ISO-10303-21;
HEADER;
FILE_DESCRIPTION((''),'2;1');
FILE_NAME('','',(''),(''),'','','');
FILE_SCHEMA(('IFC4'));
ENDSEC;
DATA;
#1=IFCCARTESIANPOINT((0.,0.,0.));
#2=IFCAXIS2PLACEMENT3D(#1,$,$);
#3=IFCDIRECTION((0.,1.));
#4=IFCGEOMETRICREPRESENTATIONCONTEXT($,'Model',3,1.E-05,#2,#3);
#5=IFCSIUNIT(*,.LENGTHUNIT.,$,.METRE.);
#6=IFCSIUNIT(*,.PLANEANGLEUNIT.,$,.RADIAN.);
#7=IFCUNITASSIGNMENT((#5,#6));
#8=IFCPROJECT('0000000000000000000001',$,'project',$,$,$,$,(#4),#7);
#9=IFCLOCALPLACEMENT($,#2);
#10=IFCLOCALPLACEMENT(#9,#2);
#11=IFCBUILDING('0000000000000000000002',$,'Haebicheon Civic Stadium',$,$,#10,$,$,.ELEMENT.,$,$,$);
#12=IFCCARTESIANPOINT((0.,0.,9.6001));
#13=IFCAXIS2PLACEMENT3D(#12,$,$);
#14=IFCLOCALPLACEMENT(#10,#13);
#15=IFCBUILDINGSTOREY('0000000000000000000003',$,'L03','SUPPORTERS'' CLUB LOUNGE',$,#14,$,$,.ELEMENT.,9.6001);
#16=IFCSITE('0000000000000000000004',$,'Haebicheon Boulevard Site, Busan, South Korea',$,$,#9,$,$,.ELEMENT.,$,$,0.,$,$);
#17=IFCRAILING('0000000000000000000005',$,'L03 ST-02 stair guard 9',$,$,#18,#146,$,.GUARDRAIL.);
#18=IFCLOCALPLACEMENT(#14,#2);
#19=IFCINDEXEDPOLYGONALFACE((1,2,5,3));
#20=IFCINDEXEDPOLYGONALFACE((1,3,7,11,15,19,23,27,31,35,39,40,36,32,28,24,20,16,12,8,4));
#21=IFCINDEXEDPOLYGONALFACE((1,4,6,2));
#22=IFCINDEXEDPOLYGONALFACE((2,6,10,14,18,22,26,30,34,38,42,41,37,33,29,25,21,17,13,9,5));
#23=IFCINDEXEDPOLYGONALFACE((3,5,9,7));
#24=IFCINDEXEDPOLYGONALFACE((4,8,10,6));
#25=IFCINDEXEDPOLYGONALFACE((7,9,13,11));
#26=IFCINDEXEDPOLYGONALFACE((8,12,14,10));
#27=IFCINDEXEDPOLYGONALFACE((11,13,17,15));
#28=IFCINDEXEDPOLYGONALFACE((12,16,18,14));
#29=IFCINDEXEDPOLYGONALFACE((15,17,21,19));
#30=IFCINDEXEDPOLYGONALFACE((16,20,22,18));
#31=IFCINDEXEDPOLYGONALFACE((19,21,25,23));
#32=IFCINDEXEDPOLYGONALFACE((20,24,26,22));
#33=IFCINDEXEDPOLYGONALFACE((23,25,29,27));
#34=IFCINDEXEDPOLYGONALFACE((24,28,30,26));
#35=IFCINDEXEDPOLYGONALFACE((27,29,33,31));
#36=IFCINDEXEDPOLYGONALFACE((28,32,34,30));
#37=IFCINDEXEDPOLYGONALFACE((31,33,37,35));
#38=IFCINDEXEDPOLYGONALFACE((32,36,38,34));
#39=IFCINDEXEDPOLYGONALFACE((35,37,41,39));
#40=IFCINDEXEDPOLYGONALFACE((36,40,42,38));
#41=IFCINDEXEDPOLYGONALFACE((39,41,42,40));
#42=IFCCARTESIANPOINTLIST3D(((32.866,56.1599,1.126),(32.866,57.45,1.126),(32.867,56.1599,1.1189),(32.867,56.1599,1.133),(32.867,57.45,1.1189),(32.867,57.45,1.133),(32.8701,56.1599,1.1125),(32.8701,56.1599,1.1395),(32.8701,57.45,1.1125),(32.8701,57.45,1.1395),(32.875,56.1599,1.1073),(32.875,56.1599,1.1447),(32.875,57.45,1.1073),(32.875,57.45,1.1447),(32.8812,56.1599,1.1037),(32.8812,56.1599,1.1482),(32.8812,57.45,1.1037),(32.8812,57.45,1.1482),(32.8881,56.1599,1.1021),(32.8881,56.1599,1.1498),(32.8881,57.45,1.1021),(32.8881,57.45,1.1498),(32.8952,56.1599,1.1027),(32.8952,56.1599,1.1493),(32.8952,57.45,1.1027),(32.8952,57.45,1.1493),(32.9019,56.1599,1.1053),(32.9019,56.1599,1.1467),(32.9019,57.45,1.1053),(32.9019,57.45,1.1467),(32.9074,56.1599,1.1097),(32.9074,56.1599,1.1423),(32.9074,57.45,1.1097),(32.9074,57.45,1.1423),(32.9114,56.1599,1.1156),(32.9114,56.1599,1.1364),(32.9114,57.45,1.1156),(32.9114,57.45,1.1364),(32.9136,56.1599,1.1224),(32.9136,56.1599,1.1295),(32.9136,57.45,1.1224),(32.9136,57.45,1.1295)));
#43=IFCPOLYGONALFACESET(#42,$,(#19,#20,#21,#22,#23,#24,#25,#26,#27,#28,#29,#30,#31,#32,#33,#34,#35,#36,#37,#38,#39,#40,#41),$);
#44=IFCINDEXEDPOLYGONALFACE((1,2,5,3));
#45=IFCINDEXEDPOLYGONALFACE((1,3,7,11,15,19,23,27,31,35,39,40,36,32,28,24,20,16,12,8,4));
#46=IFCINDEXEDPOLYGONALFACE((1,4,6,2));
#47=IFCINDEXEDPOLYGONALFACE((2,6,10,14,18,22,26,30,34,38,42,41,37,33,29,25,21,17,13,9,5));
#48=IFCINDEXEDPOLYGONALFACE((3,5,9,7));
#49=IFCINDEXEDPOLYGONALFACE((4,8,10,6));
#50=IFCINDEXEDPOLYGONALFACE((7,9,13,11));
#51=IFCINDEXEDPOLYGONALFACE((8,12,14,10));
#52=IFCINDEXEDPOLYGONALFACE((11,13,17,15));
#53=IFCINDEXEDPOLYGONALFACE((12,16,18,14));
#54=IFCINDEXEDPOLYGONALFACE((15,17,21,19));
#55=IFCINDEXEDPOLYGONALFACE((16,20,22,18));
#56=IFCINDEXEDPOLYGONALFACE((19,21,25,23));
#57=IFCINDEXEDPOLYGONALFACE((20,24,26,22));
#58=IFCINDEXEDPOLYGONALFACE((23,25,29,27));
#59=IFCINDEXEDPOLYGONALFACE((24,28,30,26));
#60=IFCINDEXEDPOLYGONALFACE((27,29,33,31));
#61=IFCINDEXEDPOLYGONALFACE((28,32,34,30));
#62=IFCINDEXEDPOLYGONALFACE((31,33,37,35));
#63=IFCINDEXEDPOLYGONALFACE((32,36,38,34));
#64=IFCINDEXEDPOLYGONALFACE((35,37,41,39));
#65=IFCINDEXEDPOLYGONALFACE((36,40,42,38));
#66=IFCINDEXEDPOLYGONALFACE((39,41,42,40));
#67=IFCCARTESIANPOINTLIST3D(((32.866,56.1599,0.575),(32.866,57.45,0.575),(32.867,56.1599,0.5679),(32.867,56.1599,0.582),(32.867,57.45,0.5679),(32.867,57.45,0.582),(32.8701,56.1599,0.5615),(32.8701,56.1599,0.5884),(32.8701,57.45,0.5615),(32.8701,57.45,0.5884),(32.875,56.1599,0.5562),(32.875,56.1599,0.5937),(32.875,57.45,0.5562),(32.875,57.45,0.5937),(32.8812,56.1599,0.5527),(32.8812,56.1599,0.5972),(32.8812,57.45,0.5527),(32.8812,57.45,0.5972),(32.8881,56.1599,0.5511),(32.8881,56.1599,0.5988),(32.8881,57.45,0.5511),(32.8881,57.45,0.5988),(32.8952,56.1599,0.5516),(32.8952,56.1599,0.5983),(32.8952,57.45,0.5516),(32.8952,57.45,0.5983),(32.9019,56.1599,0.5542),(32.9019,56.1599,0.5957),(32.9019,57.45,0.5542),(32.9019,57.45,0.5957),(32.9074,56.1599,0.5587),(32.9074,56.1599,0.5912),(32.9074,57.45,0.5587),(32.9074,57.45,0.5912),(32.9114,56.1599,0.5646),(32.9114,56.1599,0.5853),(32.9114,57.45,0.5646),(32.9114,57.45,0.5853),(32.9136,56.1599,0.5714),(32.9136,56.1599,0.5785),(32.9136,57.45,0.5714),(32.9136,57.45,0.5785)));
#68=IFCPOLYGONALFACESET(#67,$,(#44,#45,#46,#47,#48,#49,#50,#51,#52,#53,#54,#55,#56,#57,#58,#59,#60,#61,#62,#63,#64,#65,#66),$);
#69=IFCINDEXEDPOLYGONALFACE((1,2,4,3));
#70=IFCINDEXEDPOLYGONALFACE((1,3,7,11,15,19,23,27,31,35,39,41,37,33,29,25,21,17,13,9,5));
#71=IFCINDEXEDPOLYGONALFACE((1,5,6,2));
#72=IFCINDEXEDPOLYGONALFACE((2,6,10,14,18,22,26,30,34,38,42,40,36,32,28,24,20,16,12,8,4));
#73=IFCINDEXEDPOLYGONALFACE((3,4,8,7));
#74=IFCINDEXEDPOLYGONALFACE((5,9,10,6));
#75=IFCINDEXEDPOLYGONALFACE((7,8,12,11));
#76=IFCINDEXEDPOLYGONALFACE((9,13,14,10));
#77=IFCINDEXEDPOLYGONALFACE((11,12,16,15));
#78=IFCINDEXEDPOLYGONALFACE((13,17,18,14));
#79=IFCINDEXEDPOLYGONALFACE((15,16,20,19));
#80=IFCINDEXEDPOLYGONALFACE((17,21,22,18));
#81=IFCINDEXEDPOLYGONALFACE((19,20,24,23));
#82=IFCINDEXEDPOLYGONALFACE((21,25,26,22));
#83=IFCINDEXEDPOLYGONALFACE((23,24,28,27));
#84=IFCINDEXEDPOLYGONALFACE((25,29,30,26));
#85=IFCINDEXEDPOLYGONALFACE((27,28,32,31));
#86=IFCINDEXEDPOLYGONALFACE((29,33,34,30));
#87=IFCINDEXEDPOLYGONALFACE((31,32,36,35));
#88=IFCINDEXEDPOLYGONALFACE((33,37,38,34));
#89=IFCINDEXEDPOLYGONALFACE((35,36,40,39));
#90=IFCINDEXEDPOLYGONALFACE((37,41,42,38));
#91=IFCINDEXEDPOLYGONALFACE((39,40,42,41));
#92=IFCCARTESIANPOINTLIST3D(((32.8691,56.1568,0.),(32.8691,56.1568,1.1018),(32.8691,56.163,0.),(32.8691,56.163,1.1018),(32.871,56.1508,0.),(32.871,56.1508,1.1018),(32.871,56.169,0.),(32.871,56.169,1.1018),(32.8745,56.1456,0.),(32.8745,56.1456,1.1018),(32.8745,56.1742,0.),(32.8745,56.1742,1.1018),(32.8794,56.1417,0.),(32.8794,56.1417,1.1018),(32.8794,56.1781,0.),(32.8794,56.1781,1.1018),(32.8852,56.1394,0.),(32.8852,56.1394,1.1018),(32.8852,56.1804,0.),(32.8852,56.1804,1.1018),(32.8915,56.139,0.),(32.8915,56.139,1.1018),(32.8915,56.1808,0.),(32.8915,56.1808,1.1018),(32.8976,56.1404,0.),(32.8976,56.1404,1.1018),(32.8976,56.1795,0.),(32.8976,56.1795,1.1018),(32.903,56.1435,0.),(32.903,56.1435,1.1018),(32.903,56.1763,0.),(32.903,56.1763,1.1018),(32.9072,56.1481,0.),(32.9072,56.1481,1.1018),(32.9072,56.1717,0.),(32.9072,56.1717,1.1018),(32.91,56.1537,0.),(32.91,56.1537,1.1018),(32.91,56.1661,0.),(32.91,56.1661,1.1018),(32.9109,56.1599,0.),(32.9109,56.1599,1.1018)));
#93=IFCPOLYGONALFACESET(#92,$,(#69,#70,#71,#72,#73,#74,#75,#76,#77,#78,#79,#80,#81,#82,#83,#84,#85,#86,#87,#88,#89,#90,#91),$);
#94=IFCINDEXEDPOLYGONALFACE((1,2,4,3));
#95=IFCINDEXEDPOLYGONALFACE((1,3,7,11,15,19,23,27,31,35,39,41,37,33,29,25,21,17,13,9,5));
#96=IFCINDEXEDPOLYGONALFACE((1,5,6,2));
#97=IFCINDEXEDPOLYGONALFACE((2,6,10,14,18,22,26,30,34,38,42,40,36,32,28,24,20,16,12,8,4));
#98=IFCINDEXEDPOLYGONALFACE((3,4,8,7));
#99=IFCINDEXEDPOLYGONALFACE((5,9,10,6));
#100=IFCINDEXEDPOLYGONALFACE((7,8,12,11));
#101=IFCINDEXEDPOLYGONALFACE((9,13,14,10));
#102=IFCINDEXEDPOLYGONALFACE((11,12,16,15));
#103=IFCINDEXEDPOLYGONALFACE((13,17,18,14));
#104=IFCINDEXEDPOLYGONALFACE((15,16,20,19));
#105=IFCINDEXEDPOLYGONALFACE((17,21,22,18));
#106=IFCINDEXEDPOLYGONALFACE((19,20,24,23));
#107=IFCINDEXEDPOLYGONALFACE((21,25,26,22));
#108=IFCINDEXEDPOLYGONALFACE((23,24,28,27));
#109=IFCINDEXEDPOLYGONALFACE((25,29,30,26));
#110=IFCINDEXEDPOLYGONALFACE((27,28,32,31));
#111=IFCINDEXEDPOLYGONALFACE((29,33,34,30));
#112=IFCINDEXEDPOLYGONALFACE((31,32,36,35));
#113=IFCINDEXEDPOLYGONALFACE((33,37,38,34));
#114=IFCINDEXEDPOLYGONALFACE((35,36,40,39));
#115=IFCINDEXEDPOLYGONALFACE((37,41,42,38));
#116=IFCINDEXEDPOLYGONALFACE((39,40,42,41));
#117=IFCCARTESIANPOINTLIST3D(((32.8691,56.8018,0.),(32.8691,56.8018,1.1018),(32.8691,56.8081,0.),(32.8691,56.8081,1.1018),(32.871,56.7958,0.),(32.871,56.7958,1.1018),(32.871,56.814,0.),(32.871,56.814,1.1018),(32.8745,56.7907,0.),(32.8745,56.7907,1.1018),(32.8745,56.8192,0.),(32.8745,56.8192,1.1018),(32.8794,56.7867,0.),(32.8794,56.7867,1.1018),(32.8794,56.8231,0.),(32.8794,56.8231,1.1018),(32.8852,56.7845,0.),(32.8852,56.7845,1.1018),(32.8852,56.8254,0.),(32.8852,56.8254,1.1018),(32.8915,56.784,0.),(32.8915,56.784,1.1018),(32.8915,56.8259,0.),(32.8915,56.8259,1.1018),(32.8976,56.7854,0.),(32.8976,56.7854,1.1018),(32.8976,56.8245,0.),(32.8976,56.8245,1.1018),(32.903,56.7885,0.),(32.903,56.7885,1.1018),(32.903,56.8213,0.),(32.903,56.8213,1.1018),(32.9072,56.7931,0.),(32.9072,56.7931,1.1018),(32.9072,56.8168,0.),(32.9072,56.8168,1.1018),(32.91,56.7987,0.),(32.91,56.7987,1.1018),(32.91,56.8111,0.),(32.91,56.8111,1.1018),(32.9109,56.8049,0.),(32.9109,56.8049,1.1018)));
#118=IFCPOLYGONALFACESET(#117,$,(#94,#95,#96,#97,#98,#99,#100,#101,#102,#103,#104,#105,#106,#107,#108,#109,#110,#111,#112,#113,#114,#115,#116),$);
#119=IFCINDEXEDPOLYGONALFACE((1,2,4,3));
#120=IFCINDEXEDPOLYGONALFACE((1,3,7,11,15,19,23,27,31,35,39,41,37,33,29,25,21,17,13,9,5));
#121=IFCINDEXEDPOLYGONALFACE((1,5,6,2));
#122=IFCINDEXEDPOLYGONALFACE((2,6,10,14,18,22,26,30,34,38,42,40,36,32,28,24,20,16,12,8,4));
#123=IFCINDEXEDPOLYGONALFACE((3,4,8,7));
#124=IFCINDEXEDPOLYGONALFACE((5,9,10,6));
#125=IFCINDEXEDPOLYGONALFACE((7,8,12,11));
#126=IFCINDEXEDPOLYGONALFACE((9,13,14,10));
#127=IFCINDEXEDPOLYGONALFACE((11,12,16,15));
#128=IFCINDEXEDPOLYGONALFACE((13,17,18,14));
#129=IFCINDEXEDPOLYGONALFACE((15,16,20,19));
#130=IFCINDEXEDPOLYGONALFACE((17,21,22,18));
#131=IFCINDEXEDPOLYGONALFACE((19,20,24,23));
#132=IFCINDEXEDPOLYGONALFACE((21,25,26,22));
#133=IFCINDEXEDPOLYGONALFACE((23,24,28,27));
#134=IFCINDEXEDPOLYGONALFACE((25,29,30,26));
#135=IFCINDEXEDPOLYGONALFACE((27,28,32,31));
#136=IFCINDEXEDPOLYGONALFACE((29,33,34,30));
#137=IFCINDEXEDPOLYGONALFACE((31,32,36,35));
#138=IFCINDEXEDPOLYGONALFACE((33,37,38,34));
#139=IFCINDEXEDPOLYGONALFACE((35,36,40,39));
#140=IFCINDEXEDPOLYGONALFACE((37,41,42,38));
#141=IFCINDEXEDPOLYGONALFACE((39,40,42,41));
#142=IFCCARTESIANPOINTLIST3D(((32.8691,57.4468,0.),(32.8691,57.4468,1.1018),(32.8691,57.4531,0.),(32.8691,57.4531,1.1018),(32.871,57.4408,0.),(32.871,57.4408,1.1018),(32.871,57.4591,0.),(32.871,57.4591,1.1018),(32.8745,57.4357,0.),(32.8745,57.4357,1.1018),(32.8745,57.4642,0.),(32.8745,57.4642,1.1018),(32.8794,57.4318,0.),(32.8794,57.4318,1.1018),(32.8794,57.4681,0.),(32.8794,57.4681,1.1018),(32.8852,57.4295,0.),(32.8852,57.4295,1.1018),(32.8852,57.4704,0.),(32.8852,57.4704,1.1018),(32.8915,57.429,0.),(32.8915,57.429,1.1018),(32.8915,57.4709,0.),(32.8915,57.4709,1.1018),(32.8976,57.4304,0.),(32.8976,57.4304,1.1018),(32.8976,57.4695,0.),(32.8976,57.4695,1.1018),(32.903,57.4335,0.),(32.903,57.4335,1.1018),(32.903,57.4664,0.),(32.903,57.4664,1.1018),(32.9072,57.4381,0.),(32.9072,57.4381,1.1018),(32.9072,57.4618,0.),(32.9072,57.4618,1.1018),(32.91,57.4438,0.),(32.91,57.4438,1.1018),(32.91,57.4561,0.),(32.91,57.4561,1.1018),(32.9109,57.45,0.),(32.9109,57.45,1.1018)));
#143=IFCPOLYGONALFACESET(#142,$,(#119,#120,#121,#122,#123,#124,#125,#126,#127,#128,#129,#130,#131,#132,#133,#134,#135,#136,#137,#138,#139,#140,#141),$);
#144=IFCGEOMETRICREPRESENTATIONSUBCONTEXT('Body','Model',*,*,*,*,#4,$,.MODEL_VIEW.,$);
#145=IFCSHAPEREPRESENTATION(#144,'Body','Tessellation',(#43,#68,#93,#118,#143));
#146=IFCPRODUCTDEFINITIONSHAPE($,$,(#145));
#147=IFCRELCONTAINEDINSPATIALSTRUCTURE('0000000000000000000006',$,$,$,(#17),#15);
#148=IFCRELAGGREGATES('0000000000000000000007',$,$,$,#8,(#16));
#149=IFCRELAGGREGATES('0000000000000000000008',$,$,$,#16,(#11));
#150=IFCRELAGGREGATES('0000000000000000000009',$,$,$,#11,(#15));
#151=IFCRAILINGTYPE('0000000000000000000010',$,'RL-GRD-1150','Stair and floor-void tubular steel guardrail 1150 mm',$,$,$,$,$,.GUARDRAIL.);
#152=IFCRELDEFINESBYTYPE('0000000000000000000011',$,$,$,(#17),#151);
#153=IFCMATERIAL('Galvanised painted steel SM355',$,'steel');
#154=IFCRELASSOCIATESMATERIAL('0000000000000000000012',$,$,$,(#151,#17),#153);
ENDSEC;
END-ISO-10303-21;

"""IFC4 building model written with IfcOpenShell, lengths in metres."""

from ifc_helpers import new_model, si_unit, direction, frame, origin, origin_2d, place, context, subcontext, project, spatial, circle, extrude, material, type_object, element, save


model = new_model("IFC4")

# Units and contexts
model_context = context("Model", 3, precision=1e-05, world=origin(), true_north=direction((0.0, 1.0)))
body_context = subcontext(model_context, "Body", "Model", "MODEL_VIEW")
ifc_project = project(units=[si_unit("LENGTHUNIT", "METRE"), si_unit("PLANEANGLEUNIT", "RADIAN")], contexts=[model_context])

# Site, building, storey
site_placement = place(None, origin())
site = spatial("IfcSite", under=ifc_project, at=site_placement, Name="Haebicheon Boulevard Site, Busan, South Korea", CompositionType="ELEMENT", RefElevation=0.0)
building_placement = place(site_placement, origin())
building = spatial("IfcBuilding", under=site, at=building_placement, Name="Haebicheon Civic Stadium", CompositionType="ELEMENT")
storey_placement = place(building_placement, frame((0.0, 0.0, 9.6001)))
storey = spatial("IfcBuildingStorey", under=building, at=storey_placement, Name="L03", Description="SUPPORTERS' CLUB LOUNGE", CompositionType="ELEMENT", Elevation=9.6001)

# Railing
ifc_material_1 = material(Name="Galvanised painted steel SM355", Category="steel")
railing_type_1 = type_object("IfcRailingType", Name="RL-GRD-1150", Description="Stair and floor-void tubular steel guardrail 1150 mm", PredefinedType="GUARDRAIL", material=ifc_material_1)
for number, where, name in (
    (1, (32.8899, 56.1599, 0.0), "L03 ST-02 stair guard 9"),
):
    element("IfcRailing", number, at=place(storey_placement, frame(where)), inside=storey, type_object=railing_type_1, material=ifc_material_1, Name=name, PredefinedType="GUARDRAIL", context=body_context, shape_type="SweptSolid", body=[
        extrude(circle(Radius=0.0239, at=origin_2d()), frame((0.0, 0.0, 1.126), z_axis=(0.0, 1.0, 0.0), x_axis=(-1.0, 0.0, 0.0)), (0.0, 0.0, 1.0), 1.29),
        extrude(circle(Radius=0.0239, at=origin_2d()), frame((0.0, 0.0, 0.575), z_axis=(0.0, 1.0, 0.0), x_axis=(-1.0, 0.0, 0.0)), (0.0, 0.0, 1.0), 1.29),
        extrude(circle(Radius=0.021, at=origin_2d()), origin(), (0.0, 0.0, 1.0), 1.1018),
        extrude(circle(Radius=0.021, at=origin_2d()), frame((0.0, 0.645, 0.0)), (0.0, 0.0, 1.0), 1.1018),
        extrude(circle(Radius=0.021, at=origin_2d()), frame((0.0, 1.29, 0.0)), (0.0, 0.0, 1.0), 1.1018),
    ])

save(model, "model.ifc")
